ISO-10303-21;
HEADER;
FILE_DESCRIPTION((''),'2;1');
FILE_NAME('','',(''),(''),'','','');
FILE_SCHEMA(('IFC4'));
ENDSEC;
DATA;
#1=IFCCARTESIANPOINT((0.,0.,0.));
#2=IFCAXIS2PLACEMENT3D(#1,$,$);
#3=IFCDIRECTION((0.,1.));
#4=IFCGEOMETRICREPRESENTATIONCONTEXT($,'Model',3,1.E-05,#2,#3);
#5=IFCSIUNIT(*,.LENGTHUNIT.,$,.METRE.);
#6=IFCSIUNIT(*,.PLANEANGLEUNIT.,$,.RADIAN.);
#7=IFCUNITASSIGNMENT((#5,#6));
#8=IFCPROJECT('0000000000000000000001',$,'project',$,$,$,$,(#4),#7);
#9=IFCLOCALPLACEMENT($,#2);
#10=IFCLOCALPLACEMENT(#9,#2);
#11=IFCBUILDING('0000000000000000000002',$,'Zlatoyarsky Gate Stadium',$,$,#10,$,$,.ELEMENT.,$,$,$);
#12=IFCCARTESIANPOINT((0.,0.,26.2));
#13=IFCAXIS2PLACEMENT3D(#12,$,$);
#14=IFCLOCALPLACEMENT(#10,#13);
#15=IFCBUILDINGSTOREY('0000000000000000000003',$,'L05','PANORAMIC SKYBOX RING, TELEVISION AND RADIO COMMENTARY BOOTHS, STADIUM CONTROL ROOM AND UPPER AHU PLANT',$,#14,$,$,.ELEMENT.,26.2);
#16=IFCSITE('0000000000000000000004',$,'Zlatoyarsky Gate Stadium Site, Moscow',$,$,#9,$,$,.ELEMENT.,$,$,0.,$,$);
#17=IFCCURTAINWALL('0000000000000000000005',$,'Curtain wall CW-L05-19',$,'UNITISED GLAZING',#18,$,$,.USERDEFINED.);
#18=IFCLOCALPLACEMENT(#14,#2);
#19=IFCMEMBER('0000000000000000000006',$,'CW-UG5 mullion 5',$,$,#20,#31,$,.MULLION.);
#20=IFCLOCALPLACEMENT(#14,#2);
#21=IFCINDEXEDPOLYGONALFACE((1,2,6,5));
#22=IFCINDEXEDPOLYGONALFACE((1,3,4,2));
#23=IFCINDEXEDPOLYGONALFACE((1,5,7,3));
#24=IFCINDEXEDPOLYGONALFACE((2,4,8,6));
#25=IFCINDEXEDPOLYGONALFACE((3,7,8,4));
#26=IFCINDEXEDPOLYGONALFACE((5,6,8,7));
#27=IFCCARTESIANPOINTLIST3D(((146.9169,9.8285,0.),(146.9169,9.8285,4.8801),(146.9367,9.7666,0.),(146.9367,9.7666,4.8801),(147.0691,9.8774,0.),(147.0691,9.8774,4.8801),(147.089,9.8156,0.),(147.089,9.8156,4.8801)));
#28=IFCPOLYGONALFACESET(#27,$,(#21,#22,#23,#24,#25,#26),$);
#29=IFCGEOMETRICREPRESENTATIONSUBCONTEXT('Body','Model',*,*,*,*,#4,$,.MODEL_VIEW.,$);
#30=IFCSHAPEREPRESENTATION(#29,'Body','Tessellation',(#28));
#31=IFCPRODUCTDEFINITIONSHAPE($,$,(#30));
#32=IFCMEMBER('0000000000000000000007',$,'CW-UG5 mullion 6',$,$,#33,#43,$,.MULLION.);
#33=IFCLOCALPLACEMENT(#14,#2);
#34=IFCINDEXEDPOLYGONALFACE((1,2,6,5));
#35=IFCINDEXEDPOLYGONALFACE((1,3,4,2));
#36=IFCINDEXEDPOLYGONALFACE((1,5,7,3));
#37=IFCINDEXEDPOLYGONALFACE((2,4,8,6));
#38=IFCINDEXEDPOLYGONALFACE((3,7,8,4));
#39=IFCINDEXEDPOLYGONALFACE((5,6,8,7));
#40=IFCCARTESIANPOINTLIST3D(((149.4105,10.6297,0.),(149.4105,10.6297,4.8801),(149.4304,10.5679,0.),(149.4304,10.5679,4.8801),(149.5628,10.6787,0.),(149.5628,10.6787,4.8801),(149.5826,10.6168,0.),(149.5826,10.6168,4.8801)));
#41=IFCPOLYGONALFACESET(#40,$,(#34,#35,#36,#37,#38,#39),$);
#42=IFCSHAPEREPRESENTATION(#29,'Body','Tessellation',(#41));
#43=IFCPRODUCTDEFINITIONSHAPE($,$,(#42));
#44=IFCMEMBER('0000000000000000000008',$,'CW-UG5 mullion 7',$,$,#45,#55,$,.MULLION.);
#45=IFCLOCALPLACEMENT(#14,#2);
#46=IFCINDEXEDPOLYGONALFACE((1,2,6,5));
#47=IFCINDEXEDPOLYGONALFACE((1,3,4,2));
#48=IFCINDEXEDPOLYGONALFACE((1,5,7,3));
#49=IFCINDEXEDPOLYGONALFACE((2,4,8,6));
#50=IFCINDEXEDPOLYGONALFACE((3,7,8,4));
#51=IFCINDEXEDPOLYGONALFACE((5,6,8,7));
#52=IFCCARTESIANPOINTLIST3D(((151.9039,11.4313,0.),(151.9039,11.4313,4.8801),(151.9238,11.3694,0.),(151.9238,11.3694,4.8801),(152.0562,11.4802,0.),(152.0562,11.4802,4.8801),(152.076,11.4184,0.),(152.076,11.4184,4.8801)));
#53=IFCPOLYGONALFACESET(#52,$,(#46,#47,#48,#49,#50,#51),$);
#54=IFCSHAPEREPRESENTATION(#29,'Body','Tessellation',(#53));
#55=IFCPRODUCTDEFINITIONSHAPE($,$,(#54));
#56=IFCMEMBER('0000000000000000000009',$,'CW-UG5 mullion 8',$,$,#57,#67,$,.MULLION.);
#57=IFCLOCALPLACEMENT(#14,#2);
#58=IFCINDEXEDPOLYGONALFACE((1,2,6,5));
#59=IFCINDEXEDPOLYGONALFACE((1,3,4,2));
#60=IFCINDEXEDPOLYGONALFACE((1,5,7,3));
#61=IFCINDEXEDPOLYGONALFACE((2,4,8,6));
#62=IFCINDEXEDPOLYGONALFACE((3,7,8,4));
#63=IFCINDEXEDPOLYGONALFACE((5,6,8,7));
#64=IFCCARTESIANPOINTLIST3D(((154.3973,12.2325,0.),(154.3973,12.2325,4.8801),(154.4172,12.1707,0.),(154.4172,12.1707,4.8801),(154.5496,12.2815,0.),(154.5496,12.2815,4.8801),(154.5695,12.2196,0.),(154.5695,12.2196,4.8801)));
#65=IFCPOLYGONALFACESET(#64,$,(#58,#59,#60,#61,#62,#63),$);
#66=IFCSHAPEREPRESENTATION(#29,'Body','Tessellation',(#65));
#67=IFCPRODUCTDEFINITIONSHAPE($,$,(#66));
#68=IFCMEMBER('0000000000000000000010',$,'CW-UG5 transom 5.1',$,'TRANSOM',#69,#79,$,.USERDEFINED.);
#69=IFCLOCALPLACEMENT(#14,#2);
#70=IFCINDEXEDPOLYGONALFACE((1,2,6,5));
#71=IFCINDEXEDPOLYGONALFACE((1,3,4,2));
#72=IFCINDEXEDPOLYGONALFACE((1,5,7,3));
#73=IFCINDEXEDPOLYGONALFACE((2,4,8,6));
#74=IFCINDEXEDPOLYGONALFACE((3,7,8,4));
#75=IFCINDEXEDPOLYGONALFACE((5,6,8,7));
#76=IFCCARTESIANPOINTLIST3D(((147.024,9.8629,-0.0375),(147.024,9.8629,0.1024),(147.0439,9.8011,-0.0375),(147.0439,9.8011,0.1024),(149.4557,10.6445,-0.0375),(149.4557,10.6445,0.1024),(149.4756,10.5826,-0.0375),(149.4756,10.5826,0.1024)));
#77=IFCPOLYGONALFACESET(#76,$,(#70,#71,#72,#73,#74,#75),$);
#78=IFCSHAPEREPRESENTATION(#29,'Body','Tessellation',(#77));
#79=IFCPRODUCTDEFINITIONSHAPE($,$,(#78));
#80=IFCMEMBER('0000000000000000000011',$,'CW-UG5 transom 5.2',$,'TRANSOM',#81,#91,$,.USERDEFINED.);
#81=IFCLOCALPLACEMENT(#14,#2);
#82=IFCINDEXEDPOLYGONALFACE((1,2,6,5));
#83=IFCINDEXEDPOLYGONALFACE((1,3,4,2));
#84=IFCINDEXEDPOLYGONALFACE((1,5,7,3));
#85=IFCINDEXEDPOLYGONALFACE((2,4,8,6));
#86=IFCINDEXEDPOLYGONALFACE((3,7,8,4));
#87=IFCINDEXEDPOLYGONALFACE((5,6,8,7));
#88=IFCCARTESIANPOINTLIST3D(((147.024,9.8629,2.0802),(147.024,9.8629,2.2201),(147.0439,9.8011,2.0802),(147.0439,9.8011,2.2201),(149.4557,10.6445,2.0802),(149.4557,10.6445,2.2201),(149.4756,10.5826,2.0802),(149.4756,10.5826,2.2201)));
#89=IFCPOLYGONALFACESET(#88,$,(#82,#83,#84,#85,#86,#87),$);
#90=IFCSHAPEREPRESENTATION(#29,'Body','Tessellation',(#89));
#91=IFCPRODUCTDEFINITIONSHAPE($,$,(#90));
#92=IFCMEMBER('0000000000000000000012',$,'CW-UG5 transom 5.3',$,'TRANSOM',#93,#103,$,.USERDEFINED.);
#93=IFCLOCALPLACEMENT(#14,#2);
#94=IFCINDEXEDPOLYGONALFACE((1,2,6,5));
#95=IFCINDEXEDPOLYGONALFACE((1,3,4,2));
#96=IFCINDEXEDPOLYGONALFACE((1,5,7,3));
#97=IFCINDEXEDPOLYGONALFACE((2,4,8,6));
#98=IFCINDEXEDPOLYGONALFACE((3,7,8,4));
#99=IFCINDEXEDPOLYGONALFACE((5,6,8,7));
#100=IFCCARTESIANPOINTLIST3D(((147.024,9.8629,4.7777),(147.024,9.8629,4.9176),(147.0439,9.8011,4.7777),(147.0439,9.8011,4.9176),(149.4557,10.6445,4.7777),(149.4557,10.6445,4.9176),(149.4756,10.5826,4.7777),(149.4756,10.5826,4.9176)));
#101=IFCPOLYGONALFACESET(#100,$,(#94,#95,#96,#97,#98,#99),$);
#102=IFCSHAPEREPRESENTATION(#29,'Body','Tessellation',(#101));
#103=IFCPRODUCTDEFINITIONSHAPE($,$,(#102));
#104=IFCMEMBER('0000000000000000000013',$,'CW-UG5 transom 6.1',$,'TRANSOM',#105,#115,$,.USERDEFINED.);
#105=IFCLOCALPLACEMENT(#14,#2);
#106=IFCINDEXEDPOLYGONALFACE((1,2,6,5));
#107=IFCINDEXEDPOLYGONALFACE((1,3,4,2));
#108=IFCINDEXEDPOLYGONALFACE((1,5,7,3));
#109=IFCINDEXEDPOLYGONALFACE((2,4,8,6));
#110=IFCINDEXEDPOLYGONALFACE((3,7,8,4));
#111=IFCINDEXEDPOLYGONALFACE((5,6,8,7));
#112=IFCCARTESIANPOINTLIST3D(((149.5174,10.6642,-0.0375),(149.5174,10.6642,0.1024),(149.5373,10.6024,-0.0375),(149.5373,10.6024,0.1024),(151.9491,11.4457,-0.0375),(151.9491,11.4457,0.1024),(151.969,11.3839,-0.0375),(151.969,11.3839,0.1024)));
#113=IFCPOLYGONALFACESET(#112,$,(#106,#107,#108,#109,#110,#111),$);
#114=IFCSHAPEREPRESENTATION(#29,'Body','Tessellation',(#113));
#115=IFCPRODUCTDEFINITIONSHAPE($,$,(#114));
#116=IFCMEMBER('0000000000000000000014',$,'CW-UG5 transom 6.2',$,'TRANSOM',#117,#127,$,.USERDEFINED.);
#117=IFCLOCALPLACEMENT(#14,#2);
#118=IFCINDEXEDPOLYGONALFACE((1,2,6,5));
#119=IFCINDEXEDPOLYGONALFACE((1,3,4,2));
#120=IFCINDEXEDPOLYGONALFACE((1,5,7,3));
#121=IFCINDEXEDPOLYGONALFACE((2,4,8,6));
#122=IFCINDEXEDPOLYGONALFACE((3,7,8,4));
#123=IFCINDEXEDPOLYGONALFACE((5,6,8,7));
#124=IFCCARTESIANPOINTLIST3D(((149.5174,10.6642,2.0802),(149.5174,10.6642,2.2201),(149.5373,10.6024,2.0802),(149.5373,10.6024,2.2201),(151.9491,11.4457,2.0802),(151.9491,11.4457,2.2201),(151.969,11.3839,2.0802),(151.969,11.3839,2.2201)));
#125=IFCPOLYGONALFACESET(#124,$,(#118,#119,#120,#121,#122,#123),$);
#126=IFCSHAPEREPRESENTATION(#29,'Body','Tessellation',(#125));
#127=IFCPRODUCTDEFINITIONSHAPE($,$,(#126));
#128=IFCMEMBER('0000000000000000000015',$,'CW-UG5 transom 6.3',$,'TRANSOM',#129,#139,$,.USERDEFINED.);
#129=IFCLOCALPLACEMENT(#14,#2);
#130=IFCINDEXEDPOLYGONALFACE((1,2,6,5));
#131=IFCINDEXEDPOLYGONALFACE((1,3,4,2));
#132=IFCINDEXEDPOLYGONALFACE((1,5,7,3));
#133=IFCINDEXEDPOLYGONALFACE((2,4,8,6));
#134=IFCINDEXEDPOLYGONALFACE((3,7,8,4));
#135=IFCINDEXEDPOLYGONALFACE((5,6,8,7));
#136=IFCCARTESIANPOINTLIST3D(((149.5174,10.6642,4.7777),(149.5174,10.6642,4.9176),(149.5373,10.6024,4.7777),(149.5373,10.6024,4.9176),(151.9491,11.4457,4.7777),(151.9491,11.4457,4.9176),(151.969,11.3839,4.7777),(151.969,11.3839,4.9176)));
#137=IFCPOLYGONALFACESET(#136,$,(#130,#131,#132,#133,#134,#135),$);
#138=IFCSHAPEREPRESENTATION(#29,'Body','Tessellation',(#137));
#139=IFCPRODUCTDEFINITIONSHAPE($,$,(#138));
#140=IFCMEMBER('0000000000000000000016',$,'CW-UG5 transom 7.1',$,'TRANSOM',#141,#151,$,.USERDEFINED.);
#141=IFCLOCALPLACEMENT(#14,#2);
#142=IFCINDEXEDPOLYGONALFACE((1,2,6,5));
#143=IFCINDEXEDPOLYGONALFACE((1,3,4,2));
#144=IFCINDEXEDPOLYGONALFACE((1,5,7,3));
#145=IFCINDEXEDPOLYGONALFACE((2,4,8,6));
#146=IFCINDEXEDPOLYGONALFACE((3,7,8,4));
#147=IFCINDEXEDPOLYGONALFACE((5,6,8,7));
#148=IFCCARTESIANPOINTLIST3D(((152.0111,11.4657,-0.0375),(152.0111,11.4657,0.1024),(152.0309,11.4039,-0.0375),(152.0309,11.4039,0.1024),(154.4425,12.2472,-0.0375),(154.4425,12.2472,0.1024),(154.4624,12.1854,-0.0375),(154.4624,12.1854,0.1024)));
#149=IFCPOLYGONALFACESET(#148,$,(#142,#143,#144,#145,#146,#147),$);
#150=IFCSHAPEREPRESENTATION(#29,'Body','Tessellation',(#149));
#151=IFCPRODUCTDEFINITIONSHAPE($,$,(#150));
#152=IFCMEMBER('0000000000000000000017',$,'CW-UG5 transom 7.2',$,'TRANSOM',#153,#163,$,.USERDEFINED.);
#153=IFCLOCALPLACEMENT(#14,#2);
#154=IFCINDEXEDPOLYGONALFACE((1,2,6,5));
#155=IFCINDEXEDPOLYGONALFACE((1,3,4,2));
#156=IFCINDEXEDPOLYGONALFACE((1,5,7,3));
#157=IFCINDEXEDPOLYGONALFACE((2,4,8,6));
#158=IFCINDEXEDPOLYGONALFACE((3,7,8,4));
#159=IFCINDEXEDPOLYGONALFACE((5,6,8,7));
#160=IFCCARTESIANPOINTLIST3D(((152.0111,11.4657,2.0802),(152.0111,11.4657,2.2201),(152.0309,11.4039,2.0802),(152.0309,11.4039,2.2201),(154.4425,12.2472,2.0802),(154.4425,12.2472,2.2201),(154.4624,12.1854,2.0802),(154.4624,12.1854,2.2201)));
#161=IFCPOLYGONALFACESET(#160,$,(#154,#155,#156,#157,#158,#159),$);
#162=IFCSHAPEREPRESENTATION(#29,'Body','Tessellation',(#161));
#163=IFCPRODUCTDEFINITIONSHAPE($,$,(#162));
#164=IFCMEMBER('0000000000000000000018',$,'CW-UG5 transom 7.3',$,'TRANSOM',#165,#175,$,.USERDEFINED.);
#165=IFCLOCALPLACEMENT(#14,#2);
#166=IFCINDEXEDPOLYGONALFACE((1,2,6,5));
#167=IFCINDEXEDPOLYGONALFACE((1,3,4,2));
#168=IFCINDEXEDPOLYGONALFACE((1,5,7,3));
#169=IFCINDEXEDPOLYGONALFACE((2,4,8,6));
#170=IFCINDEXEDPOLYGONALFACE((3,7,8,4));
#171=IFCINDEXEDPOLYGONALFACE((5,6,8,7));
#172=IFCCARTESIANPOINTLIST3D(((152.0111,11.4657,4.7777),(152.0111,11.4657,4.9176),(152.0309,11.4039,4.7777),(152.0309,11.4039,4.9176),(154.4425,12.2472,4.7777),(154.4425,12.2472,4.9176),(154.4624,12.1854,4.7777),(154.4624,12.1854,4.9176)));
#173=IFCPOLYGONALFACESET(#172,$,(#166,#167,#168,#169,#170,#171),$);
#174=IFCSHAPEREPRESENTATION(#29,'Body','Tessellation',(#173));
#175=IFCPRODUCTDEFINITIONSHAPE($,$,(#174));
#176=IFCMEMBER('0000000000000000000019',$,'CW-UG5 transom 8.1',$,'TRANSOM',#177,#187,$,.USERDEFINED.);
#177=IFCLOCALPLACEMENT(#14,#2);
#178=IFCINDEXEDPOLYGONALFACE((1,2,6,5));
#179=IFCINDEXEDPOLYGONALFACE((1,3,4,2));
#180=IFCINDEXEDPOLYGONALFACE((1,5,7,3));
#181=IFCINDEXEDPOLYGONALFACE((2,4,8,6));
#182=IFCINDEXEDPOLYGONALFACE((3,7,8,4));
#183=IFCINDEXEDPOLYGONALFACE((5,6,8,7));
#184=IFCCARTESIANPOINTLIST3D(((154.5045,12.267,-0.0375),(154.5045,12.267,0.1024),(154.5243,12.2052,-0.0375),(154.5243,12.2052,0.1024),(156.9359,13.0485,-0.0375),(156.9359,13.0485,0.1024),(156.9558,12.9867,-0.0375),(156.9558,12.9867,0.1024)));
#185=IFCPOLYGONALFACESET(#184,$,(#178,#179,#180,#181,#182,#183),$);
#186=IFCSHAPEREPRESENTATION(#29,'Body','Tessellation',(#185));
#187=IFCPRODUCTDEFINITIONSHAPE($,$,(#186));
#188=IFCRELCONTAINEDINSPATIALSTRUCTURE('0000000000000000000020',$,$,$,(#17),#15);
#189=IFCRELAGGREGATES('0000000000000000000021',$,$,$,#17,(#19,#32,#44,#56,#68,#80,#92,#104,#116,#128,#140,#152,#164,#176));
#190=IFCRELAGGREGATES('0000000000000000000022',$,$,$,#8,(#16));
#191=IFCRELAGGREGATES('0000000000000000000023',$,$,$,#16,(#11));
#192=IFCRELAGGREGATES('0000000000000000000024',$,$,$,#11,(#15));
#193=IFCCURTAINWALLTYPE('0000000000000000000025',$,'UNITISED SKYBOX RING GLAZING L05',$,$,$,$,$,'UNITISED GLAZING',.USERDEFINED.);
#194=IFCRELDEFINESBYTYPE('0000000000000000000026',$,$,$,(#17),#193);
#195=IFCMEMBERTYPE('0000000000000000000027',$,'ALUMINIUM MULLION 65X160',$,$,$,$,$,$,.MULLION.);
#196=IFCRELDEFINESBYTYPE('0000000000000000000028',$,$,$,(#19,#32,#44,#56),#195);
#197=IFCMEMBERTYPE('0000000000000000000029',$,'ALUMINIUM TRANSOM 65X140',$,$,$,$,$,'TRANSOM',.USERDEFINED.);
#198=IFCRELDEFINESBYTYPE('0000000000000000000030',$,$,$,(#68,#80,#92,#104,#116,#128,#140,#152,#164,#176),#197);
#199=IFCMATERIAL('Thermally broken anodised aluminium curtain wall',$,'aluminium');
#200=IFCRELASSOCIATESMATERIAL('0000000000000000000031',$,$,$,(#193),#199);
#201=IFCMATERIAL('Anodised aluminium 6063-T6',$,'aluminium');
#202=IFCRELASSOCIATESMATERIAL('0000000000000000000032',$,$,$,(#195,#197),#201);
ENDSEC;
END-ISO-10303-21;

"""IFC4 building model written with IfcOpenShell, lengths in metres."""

from ifc_helpers import new_model, si_unit, direction, frame, origin, origin_2d, place, context, subcontext, project, spatial, rectangle, extrude, material, material_profile, profile_set, type_object, element, aggregate, save


model = new_model("IFC4")

# Units and contexts
model_context = context("Model", 3, precision=1e-05, world=origin(), true_north=direction((0.0, 1.0)))
body_context = subcontext(model_context, "Body", "Model", "MODEL_VIEW")
ifc_project = project(units=[si_unit("LENGTHUNIT", "METRE"), si_unit("PLANEANGLEUNIT", "RADIAN")], contexts=[model_context])

# Site, building, storey
site_placement = place(None, origin())
site = spatial("IfcSite", under=ifc_project, at=site_placement, Name="Zlatoyarsky Gate Stadium Site, Moscow", CompositionType="ELEMENT", RefElevation=0.0)
building_placement = place(site_placement, origin())
building = spatial("IfcBuilding", under=site, at=building_placement, Name="Zlatoyarsky Gate Stadium", CompositionType="ELEMENT")
storey_placement = place(building_placement, frame((0.0, 0.0, 26.2)))
storey = spatial("IfcBuildingStorey", under=building, at=storey_placement, Name="L05", Description="PANORAMIC SKYBOX RING, TELEVISION AND RADIO COMMENTARY BOOTHS, STADIUM CONTROL ROOM AND UPPER AHU PLANT", CompositionType="ELEMENT", Elevation=26.2)

# Curtain wall, members
ifc_material_1 = material(Name="Thermally broken anodised aluminium curtain wall", Category="aluminium")
curtain_wall_type = type_object("IfcCurtainWallType", Name="UNITISED SKYBOX RING GLAZING L05", ElementType="UNITISED GLAZING", PredefinedType="USERDEFINED", material=ifc_material_1)
curtain_wall_placement = place(storey_placement, origin())
curtain_wall = element("IfcCurtainWall", 1, at=curtain_wall_placement, inside=storey, type_object=curtain_wall_type, Name="Curtain wall CW-L05-19", ObjectType="UNITISED GLAZING", PredefinedType="USERDEFINED")
ifc_material_2 = material(Name="Anodised aluminium 6063-T6", Category="aluminium")
ifc_material_profile_1 = material_profile(ifc_material_2, rectangle(XDim=0.0649, YDim=0.1599, at=origin_2d()), Name="ALU 65X160")
ifc_profile_set_1 = profile_set([ifc_material_profile_1], Name="Anodised aluminium 6063-T6")
member_type_1 = type_object("IfcMemberType", Name="ALUMINIUM MULLION 65X160", PredefinedType="MULLION", material=ifc_profile_set_1)
member_1_placement = place(storey_placement, frame((147.0029, 9.822, 0.0), z_axis=(0.0, 0.0, 1.0), x_axis=(-0.305978, 0.952039, 0.0)))
member_1 = element("IfcMember", 2, at=member_1_placement, type_object=member_type_1, Name="CW-UG5 mullion 5", PredefinedType="MULLION", context=body_context, shape_type="SweptSolid", body=[
    extrude(rectangle(XDim=0.0649, YDim=0.1599, at=origin_2d()), origin(), (0.0, 0.0, 1.0), 4.8801),
])
member_2_placement = place(storey_placement, frame((149.4966, 10.6233, 0.0), z_axis=(0.0, 0.0, 1.0), x_axis=(-0.305978, 0.952039, 0.0)))
member_2 = element("IfcMember", 3, at=member_2_placement, type_object=member_type_1, Name="CW-UG5 mullion 6", PredefinedType="MULLION", context=body_context, shape_type="SweptSolid", body=[
    extrude(rectangle(XDim=0.0649, YDim=0.1599, at=origin_2d()), origin(), (0.0, 0.0, 1.0), 4.8801),
])
member_3_placement = place(storey_placement, frame((151.99, 11.4248, 0.0), z_axis=(0.0, 0.0, 1.0), x_axis=(-0.305978, 0.952039, 0.0)))
member_3 = element("IfcMember", 4, at=member_3_placement, type_object=member_type_1, Name="CW-UG5 mullion 7", PredefinedType="MULLION", context=body_context, shape_type="SweptSolid", body=[
    extrude(rectangle(XDim=0.0649, YDim=0.1599, at=origin_2d()), origin(), (0.0, 0.0, 1.0), 4.8801),
])
member_4_placement = place(storey_placement, frame((154.4834, 12.2261, 0.0), z_axis=(0.0, 0.0, 1.0), x_axis=(-0.305978, 0.952039, 0.0)))
member_4 = element("IfcMember", 5, at=member_4_placement, type_object=member_type_1, Name="CW-UG5 mullion 8", PredefinedType="MULLION", context=body_context, shape_type="SweptSolid", body=[
    extrude(rectangle(XDim=0.0649, YDim=0.1599, at=origin_2d()), origin(), (0.0, 0.0, 1.0), 4.8801),
])
ifc_material_profile_2 = material_profile(ifc_material_2, rectangle(XDim=0.0649, YDim=0.1399, at=origin_2d()), Name="ALU 65X140")
ifc_profile_set_2 = profile_set([ifc_material_profile_2], Name="Anodised aluminium 6063-T6")
member_type_2 = type_object("IfcMemberType", Name="ALUMINIUM TRANSOM 65X140", ElementType="TRANSOM", PredefinedType="USERDEFINED", material=ifc_profile_set_2)
member_5_placement = place(storey_placement, frame((147.0339, 9.832, 0.0325), z_axis=(0.95204, 0.305972, 0.0), x_axis=(-0.305972, 0.95204, 0.0)))
member_5 = element("IfcMember", 6, at=member_5_placement, type_object=member_type_2, Name="CW-UG5 transom 5.1", ObjectType="TRANSOM", PredefinedType="USERDEFINED", context=body_context, shape_type="SweptSolid", body=[
    extrude(rectangle(XDim=0.0649, YDim=0.1399, at=origin_2d()), origin(), (0.0, 0.0, 1.0), 2.5542),
])
member_6_placement = place(storey_placement, frame((147.0339, 9.832, 2.1501), z_axis=(0.95204, 0.305972, 0.0), x_axis=(-0.305972, 0.95204, 0.0)))
member_6 = element("IfcMember", 7, at=member_6_placement, type_object=member_type_2, Name="CW-UG5 transom 5.2", ObjectType="TRANSOM", PredefinedType="USERDEFINED", context=body_context, shape_type="SweptSolid", body=[
    extrude(rectangle(XDim=0.0649, YDim=0.1399, at=origin_2d()), origin(), (0.0, 0.0, 1.0), 2.5542),
])
member_7_placement = place(storey_placement, frame((147.0339, 9.832, 4.8477), z_axis=(0.95204, 0.305972, 0.0), x_axis=(-0.305972, 0.95204, 0.0)))
member_7 = element("IfcMember", 8, at=member_7_placement, type_object=member_type_2, Name="CW-UG5 transom 5.3", ObjectType="TRANSOM", PredefinedType="USERDEFINED", context=body_context, shape_type="SweptSolid", body=[
    extrude(rectangle(XDim=0.0649, YDim=0.1399, at=origin_2d()), origin(), (0.0, 0.0, 1.0), 2.5542),
])
member_8_placement = place(storey_placement, frame((149.5273, 10.6333, 0.0325), z_axis=(0.95204, 0.305972, 0.0), x_axis=(-0.305972, 0.95204, 0.0)))
member_8 = element("IfcMember", 9, at=member_8_placement, type_object=member_type_2, Name="CW-UG5 transom 6.1", ObjectType="TRANSOM", PredefinedType="USERDEFINED", context=body_context, shape_type="SweptSolid", body=[
    extrude(rectangle(XDim=0.0649, YDim=0.1399, at=origin_2d()), origin(), (0.0, 0.0, 1.0), 2.5542),
])
member_9_placement = place(storey_placement, frame((149.5273, 10.6333, 2.1501), z_axis=(0.95204, 0.305972, 0.0), x_axis=(-0.305972, 0.95204, 0.0)))
member_9 = element("IfcMember", 10, at=member_9_placement, type_object=member_type_2, Name="CW-UG5 transom 6.2", ObjectType="TRANSOM", PredefinedType="USERDEFINED", context=body_context, shape_type="SweptSolid", body=[
    extrude(rectangle(XDim=0.0649, YDim=0.1399, at=origin_2d()), origin(), (0.0, 0.0, 1.0), 2.5542),
])
member_10_placement = place(storey_placement, frame((149.5273, 10.6333, 4.8477), z_axis=(0.95204, 0.305972, 0.0), x_axis=(-0.305972, 0.95204, 0.0)))
member_10 = element("IfcMember", 11, at=member_10_placement, type_object=member_type_2, Name="CW-UG5 transom 6.3", ObjectType="TRANSOM", PredefinedType="USERDEFINED", context=body_context, shape_type="SweptSolid", body=[
    extrude(rectangle(XDim=0.0649, YDim=0.1399, at=origin_2d()), origin(), (0.0, 0.0, 1.0), 2.5542),
])
member_11_placement = place(storey_placement, frame((152.021, 11.4348, 0.0325), z_axis=(0.952032, 0.306, 0.0), x_axis=(-0.306, 0.952032, 0.0)))
member_11 = element("IfcMember", 12, at=member_11_placement, type_object=member_type_2, Name="CW-UG5 transom 7.1", ObjectType="TRANSOM", PredefinedType="USERDEFINED", context=body_context, shape_type="SweptSolid", body=[
    extrude(rectangle(XDim=0.0649, YDim=0.1399, at=origin_2d()), origin(), (0.0, 0.0, 1.0), 2.554),
])
member_12_placement = place(storey_placement, frame((152.021, 11.4348, 2.1501), z_axis=(0.952032, 0.306, 0.0), x_axis=(-0.306, 0.952032, 0.0)))
member_12 = element("IfcMember", 13, at=member_12_placement, type_object=member_type_2, Name="CW-UG5 transom 7.2", ObjectType="TRANSOM", PredefinedType="USERDEFINED", context=body_context, shape_type="SweptSolid", body=[
    extrude(rectangle(XDim=0.0649, YDim=0.1399, at=origin_2d()), origin(), (0.0, 0.0, 1.0), 2.554),
])
member_13_placement = place(storey_placement, frame((152.021, 11.4348, 4.8477), z_axis=(0.952032, 0.306, 0.0), x_axis=(-0.306, 0.952032, 0.0)))
member_13 = element("IfcMember", 14, at=member_13_placement, type_object=member_type_2, Name="CW-UG5 transom 7.3", ObjectType="TRANSOM", PredefinedType="USERDEFINED", context=body_context, shape_type="SweptSolid", body=[
    extrude(rectangle(XDim=0.0649, YDim=0.1399, at=origin_2d()), origin(), (0.0, 0.0, 1.0), 2.554),
])
member_14_placement = place(storey_placement, frame((154.5144, 12.2361, 0.0325), z_axis=(0.952032, 0.306, 0.0), x_axis=(-0.306, 0.952032, 0.0)))
member_14 = element("IfcMember", 15, at=member_14_placement, type_object=member_type_2, Name="CW-UG5 transom 8.1", ObjectType="TRANSOM", PredefinedType="USERDEFINED", context=body_context, shape_type="SweptSolid", body=[
    extrude(rectangle(XDim=0.0649, YDim=0.1399, at=origin_2d()), origin(), (0.0, 0.0, 1.0), 2.554),
])

aggregate(curtain_wall, [member_1, member_2, member_3, member_4, member_5, member_6, member_7, member_8, member_9, member_10, member_11, member_12, member_13, member_14])

save(model, "model.ifc")
